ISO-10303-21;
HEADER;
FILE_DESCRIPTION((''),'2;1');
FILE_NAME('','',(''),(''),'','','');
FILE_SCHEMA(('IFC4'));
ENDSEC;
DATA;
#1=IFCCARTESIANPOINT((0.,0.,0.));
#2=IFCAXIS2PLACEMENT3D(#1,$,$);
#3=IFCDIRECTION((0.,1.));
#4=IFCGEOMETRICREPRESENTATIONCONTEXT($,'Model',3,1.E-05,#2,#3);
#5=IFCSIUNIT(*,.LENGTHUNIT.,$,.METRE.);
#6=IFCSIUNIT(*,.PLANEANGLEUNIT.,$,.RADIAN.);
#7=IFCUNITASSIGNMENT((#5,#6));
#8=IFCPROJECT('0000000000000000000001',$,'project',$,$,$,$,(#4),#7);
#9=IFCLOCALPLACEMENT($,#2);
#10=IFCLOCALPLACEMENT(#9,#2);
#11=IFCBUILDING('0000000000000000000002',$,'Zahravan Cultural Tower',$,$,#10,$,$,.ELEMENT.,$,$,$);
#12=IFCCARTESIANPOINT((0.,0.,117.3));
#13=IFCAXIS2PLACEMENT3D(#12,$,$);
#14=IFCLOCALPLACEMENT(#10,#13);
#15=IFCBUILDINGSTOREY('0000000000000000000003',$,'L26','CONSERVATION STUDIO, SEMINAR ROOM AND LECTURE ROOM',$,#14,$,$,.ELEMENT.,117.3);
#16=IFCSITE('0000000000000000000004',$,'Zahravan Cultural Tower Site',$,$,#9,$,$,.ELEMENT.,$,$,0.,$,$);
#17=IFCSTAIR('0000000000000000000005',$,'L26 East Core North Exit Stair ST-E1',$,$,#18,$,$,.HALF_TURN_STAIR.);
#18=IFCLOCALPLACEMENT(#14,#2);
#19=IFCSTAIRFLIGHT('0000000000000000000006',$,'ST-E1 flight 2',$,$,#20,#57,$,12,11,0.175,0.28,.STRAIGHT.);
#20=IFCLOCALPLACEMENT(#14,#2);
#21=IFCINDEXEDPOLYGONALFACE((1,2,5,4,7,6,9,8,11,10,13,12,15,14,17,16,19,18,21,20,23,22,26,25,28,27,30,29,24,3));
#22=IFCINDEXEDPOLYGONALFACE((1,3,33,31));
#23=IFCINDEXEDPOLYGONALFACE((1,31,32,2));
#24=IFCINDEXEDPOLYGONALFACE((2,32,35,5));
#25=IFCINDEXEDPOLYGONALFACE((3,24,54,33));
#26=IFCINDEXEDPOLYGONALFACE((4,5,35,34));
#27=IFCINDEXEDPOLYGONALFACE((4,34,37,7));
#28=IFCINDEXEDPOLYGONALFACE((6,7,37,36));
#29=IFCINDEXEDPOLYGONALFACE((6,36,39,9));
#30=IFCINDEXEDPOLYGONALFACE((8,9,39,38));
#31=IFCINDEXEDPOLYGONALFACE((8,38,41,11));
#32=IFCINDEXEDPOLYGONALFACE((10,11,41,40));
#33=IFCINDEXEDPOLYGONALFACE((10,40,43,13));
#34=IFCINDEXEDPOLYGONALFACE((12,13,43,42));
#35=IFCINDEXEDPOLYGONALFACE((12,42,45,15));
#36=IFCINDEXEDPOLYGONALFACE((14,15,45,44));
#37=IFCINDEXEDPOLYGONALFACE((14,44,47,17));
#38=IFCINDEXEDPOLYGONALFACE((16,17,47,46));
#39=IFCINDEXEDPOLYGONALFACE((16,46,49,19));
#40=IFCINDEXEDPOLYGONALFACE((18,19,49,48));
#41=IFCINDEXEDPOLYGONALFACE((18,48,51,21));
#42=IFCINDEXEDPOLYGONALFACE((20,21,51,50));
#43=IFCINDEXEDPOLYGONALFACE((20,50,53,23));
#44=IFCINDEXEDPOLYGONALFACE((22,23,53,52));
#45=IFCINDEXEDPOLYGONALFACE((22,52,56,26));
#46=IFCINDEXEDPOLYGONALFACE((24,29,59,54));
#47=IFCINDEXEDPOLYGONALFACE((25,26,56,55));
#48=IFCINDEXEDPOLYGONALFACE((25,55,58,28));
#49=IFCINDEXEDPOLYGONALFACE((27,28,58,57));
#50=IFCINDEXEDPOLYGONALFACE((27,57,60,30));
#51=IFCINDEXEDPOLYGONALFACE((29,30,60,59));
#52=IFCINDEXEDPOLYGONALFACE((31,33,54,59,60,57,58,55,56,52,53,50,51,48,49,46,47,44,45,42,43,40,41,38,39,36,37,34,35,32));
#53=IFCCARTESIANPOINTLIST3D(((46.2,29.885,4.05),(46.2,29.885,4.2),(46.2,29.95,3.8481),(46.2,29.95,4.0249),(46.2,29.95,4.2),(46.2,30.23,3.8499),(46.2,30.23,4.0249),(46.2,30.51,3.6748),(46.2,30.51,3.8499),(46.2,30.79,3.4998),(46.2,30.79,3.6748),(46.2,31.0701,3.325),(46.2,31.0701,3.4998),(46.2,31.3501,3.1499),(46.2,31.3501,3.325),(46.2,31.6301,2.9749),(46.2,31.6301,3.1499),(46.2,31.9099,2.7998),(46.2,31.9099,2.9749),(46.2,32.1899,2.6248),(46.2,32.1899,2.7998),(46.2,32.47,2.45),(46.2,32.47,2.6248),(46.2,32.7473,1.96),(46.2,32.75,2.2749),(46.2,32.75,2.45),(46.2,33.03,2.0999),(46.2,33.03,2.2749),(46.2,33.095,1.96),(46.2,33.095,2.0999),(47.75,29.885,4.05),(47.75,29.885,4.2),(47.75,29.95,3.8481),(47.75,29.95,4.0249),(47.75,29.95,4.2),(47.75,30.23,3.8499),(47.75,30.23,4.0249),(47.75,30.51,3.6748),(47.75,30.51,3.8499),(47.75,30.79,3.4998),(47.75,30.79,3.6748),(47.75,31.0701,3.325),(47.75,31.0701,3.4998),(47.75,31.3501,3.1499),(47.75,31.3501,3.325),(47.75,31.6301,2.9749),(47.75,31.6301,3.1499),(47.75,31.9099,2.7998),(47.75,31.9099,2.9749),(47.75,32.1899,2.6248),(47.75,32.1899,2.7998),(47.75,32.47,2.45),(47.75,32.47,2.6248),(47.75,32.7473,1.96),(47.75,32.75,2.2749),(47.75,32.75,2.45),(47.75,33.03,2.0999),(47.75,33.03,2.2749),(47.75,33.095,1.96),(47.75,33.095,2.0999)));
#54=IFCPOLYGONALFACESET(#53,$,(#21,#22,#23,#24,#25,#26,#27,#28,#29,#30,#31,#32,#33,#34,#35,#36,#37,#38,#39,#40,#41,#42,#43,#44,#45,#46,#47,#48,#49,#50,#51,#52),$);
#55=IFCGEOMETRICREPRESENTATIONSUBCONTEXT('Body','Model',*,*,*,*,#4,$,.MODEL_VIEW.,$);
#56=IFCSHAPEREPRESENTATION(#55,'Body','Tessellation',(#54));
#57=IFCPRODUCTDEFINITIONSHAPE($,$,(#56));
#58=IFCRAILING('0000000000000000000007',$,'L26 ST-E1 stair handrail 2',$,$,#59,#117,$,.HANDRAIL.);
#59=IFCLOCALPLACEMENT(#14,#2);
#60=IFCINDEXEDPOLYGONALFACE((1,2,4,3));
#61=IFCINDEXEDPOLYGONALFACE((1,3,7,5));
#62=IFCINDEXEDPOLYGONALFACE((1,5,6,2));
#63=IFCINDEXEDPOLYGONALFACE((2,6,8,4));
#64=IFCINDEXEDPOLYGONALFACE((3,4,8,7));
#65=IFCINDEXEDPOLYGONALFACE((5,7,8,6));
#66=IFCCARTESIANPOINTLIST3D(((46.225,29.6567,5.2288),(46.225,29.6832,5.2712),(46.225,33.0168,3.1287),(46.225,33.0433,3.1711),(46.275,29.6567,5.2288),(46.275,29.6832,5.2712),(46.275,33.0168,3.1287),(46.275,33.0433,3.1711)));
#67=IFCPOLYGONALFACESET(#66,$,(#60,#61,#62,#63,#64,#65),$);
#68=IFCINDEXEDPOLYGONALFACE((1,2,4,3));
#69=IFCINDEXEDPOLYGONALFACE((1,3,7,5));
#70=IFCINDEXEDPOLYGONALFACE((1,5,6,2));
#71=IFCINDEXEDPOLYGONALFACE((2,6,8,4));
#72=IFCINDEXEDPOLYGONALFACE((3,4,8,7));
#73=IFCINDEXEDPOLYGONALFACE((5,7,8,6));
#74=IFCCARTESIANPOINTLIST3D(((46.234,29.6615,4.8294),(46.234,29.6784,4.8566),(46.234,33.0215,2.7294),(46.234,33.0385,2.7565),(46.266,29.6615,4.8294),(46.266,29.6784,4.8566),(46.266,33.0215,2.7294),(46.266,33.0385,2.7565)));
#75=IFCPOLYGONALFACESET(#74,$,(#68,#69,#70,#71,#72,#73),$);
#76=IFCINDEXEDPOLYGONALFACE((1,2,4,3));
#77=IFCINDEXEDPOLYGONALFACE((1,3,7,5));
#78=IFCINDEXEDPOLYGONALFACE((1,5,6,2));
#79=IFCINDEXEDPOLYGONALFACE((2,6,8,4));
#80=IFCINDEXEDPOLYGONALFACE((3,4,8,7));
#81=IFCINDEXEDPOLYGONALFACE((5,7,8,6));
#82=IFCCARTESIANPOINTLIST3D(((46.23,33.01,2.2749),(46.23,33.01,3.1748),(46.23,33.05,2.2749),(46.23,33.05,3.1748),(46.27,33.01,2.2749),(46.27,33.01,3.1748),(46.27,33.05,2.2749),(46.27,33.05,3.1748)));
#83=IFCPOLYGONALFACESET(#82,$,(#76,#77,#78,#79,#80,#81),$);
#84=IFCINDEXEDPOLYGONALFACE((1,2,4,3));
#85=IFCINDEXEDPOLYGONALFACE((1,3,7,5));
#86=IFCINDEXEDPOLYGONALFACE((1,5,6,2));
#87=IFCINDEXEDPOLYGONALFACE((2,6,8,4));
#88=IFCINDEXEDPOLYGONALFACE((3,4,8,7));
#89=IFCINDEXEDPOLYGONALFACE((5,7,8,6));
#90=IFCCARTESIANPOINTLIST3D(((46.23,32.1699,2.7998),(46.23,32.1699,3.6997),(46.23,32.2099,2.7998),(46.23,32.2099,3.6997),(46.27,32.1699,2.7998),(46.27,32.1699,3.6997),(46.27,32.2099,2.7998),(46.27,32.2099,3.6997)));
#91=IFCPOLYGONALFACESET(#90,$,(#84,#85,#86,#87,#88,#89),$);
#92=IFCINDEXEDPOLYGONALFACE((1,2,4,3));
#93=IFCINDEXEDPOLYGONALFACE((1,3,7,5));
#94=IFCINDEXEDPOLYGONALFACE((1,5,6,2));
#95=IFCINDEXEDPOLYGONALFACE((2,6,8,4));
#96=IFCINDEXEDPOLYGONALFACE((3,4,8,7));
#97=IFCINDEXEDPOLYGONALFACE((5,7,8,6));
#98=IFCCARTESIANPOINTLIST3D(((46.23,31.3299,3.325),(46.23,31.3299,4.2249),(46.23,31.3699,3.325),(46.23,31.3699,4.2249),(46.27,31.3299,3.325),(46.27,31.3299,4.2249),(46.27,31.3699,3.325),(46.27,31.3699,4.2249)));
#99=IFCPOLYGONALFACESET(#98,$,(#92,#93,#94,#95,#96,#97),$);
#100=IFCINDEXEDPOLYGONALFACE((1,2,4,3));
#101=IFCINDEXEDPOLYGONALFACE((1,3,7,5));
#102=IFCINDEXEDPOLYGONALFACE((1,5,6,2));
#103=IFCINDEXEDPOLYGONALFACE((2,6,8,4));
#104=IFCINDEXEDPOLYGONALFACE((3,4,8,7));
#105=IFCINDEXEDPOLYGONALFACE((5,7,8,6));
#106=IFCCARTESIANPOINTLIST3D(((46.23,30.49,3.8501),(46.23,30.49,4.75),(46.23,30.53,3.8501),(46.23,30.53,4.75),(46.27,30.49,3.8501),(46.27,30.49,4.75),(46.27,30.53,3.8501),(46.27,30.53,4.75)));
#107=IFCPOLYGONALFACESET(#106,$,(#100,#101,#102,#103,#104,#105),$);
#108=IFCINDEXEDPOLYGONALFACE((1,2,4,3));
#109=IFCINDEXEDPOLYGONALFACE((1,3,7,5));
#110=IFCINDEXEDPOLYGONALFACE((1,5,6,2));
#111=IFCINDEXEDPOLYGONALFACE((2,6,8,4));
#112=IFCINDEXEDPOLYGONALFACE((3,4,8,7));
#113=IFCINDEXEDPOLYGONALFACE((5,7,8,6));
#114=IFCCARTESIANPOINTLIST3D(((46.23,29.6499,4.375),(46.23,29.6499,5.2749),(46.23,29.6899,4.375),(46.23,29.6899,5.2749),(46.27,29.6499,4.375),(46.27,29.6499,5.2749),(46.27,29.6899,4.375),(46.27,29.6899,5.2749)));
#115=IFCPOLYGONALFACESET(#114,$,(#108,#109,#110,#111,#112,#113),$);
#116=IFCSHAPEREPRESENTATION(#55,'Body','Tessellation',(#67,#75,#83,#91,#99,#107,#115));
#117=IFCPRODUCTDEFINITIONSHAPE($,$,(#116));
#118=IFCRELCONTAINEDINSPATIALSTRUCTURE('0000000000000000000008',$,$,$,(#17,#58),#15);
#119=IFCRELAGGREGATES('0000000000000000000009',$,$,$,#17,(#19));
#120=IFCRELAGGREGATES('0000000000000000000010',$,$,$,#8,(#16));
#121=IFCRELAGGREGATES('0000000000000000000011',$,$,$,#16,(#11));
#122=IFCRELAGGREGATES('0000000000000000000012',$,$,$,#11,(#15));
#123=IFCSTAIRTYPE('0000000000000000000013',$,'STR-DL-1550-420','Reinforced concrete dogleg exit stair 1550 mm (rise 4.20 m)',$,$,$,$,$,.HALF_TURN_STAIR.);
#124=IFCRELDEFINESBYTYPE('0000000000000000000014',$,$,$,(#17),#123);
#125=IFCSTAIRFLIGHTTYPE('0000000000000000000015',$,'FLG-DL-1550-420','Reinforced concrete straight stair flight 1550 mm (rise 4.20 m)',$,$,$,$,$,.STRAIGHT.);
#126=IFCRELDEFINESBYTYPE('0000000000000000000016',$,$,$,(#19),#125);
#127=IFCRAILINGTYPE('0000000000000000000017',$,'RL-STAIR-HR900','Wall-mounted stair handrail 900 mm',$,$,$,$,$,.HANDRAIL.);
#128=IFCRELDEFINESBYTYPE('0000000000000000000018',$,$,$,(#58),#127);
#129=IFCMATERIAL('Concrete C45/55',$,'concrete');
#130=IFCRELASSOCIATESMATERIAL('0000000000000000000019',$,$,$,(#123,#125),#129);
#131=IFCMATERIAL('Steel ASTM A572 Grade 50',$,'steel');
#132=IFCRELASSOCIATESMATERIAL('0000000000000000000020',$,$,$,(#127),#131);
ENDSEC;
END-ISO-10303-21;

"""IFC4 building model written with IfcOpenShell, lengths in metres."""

from ifc_helpers import new_model, si_unit, direction, frame, origin, origin_2d, place, context, subcontext, project, spatial, polyline, rectangle, outline, extrude, material, type_object, element, aggregate, save


model = new_model("IFC4")

# Units and contexts
model_context = context("Model", 3, precision=1e-05, world=origin(), true_north=direction((0.0, 1.0)))
body_context = subcontext(model_context, "Body", "Model", "MODEL_VIEW")
ifc_project = project(units=[si_unit("LENGTHUNIT", "METRE"), si_unit("PLANEANGLEUNIT", "RADIAN")], contexts=[model_context])

# Site, building, storey
site_placement = place(None, origin())
site = spatial("IfcSite", under=ifc_project, at=site_placement, Name="Zahravan Cultural Tower Site", CompositionType="ELEMENT", RefElevation=0.0)
building_placement = place(site_placement, origin())
building = spatial("IfcBuilding", under=site, at=building_placement, Name="Zahravan Cultural Tower", CompositionType="ELEMENT")
storey_placement = place(building_placement, frame((0.0, 0.0, 117.3)))
storey = spatial("IfcBuildingStorey", under=building, at=storey_placement, Name="L26", Description="CONSERVATION STUDIO, SEMINAR ROOM AND LECTURE ROOM", CompositionType="ELEMENT", Elevation=117.3)

# Shared definitions
ifc_material_1 = material(Name="Steel ASTM A572 Grade 50", Category="steel")
ifc_material_2 = material(Name="Concrete C45/55", Category="concrete")

# Stair, stair flight
stair_type = type_object("IfcStairType", Name="STR-DL-1550-420", Description="Reinforced concrete dogleg exit stair 1550 mm (rise 4.20 m)", PredefinedType="HALF_TURN_STAIR", material=ifc_material_2)
stair_placement = place(storey_placement, origin())
stair = element("IfcStair", 1, at=stair_placement, inside=storey, type_object=stair_type, Name="L26 East Core North Exit Stair ST-E1", PredefinedType="HALF_TURN_STAIR")
stair_flight_type = type_object("IfcStairFlightType", Name="FLG-DL-1550-420", Description="Reinforced concrete straight stair flight 1550 mm (rise 4.20 m)", PredefinedType="STRAIGHT", material=ifc_material_2)
stair_flight_placement = place(storey_placement, frame((46.9751, 33.03, 2.0999), z_axis=(0.0, 0.0, 1.0), x_axis=(0.0, -1.0, 0.0)))
stair_flight = element("IfcStairFlight", 2, at=stair_flight_placement, type_object=stair_flight_type, Name="ST-E1 flight 2", NumberOfRisers=12, NumberOfTreads=11, PredefinedType="STRAIGHT", RiserHeight=0.175, TreadLength=0.28, context=body_context, shape_type="SweptSolid", body=[
    extrude(outline(polyline([(-0.0649, -0.1399), (-0.0649, 0.0), (0.0, 0.0), (0.0, 0.175), (0.28, 0.175), (0.28, 0.3501), (0.5601, 0.3501), (0.5601, 0.5249), (0.8401, 0.5249), (0.8401, 0.7), (1.1201, 0.7), (1.1201, 0.875), (1.3999, 0.875), (1.3999, 1.05), (1.6799, 1.05), (1.6799, 1.2251), (1.96, 1.2251), (1.96, 1.3999), (2.24, 1.3999), (2.24, 1.575), (2.52, 1.575), (2.52, 1.75), (2.8, 1.75), (2.8, 1.925), (3.0801, 1.925), (3.0801, 2.1001), (3.145, 2.1001), (3.145, 1.9502), (3.0801, 1.7483), (0.2827, -0.1399), (-0.0649, -0.1399)])), frame((0.0, 0.7749, 0.0), z_axis=(0.0, -1.0, 0.0), x_axis=(1.0, 0.0, 0.0)), (0.0, 0.0, 1.0), 1.55),
])
aggregate(stair, [stair_flight])

# Railing
railing_type = type_object("IfcRailingType", Name="RL-STAIR-HR900", Description="Wall-mounted stair handrail 900 mm", PredefinedType="HANDRAIL", material=ifc_material_1)
railing_placement = place(storey_placement, frame((46.25, 33.03, 2.2749)))
element("IfcRailing", 3, at=railing_placement, inside=storey, type_object=railing_type, Name="L26 ST-E1 stair handrail 2", PredefinedType="HANDRAIL", context=body_context, shape_type="SweptSolid", body=[
    extrude(rectangle(XDim=0.05, YDim=0.05, at=origin_2d()), frame((0.0, 0.0, 0.875), z_axis=(0.0, -0.847995, 0.530004), x_axis=(1.0, 0.0, 0.0)), (0.0, 0.0, 1.0), 3.9624),
    extrude(rectangle(XDim=0.032, YDim=0.032, at=origin_2d()), frame((0.0, 0.0, 0.468), z_axis=(0.0, -0.847995, 0.530004), x_axis=(1.0, 0.0, 0.0)), (0.0, 0.0, 1.0), 3.9624),
    extrude(rectangle(XDim=0.04, YDim=0.04, at=origin_2d()), origin(), (0.0, 0.0, 1.0), 0.8999),
    extrude(rectangle(XDim=0.04, YDim=0.04, at=origin_2d()), frame((0.0, -0.8401, 0.5249)), (0.0, 0.0, 1.0), 0.8999),
    extrude(rectangle(XDim=0.04, YDim=0.04, at=origin_2d()), frame((0.0, -1.6802, 1.05)), (0.0, 0.0, 1.0), 0.8999),
    extrude(rectangle(XDim=0.04, YDim=0.04, at=origin_2d()), frame((0.0, -2.52, 1.5752)), (0.0, 0.0, 1.0), 0.8999),
    extrude(rectangle(XDim=0.04, YDim=0.04, at=origin_2d()), frame((0.0, -3.3601, 2.1001)), (0.0, 0.0, 1.0), 0.8999),
])

save(model, "model.ifc")
